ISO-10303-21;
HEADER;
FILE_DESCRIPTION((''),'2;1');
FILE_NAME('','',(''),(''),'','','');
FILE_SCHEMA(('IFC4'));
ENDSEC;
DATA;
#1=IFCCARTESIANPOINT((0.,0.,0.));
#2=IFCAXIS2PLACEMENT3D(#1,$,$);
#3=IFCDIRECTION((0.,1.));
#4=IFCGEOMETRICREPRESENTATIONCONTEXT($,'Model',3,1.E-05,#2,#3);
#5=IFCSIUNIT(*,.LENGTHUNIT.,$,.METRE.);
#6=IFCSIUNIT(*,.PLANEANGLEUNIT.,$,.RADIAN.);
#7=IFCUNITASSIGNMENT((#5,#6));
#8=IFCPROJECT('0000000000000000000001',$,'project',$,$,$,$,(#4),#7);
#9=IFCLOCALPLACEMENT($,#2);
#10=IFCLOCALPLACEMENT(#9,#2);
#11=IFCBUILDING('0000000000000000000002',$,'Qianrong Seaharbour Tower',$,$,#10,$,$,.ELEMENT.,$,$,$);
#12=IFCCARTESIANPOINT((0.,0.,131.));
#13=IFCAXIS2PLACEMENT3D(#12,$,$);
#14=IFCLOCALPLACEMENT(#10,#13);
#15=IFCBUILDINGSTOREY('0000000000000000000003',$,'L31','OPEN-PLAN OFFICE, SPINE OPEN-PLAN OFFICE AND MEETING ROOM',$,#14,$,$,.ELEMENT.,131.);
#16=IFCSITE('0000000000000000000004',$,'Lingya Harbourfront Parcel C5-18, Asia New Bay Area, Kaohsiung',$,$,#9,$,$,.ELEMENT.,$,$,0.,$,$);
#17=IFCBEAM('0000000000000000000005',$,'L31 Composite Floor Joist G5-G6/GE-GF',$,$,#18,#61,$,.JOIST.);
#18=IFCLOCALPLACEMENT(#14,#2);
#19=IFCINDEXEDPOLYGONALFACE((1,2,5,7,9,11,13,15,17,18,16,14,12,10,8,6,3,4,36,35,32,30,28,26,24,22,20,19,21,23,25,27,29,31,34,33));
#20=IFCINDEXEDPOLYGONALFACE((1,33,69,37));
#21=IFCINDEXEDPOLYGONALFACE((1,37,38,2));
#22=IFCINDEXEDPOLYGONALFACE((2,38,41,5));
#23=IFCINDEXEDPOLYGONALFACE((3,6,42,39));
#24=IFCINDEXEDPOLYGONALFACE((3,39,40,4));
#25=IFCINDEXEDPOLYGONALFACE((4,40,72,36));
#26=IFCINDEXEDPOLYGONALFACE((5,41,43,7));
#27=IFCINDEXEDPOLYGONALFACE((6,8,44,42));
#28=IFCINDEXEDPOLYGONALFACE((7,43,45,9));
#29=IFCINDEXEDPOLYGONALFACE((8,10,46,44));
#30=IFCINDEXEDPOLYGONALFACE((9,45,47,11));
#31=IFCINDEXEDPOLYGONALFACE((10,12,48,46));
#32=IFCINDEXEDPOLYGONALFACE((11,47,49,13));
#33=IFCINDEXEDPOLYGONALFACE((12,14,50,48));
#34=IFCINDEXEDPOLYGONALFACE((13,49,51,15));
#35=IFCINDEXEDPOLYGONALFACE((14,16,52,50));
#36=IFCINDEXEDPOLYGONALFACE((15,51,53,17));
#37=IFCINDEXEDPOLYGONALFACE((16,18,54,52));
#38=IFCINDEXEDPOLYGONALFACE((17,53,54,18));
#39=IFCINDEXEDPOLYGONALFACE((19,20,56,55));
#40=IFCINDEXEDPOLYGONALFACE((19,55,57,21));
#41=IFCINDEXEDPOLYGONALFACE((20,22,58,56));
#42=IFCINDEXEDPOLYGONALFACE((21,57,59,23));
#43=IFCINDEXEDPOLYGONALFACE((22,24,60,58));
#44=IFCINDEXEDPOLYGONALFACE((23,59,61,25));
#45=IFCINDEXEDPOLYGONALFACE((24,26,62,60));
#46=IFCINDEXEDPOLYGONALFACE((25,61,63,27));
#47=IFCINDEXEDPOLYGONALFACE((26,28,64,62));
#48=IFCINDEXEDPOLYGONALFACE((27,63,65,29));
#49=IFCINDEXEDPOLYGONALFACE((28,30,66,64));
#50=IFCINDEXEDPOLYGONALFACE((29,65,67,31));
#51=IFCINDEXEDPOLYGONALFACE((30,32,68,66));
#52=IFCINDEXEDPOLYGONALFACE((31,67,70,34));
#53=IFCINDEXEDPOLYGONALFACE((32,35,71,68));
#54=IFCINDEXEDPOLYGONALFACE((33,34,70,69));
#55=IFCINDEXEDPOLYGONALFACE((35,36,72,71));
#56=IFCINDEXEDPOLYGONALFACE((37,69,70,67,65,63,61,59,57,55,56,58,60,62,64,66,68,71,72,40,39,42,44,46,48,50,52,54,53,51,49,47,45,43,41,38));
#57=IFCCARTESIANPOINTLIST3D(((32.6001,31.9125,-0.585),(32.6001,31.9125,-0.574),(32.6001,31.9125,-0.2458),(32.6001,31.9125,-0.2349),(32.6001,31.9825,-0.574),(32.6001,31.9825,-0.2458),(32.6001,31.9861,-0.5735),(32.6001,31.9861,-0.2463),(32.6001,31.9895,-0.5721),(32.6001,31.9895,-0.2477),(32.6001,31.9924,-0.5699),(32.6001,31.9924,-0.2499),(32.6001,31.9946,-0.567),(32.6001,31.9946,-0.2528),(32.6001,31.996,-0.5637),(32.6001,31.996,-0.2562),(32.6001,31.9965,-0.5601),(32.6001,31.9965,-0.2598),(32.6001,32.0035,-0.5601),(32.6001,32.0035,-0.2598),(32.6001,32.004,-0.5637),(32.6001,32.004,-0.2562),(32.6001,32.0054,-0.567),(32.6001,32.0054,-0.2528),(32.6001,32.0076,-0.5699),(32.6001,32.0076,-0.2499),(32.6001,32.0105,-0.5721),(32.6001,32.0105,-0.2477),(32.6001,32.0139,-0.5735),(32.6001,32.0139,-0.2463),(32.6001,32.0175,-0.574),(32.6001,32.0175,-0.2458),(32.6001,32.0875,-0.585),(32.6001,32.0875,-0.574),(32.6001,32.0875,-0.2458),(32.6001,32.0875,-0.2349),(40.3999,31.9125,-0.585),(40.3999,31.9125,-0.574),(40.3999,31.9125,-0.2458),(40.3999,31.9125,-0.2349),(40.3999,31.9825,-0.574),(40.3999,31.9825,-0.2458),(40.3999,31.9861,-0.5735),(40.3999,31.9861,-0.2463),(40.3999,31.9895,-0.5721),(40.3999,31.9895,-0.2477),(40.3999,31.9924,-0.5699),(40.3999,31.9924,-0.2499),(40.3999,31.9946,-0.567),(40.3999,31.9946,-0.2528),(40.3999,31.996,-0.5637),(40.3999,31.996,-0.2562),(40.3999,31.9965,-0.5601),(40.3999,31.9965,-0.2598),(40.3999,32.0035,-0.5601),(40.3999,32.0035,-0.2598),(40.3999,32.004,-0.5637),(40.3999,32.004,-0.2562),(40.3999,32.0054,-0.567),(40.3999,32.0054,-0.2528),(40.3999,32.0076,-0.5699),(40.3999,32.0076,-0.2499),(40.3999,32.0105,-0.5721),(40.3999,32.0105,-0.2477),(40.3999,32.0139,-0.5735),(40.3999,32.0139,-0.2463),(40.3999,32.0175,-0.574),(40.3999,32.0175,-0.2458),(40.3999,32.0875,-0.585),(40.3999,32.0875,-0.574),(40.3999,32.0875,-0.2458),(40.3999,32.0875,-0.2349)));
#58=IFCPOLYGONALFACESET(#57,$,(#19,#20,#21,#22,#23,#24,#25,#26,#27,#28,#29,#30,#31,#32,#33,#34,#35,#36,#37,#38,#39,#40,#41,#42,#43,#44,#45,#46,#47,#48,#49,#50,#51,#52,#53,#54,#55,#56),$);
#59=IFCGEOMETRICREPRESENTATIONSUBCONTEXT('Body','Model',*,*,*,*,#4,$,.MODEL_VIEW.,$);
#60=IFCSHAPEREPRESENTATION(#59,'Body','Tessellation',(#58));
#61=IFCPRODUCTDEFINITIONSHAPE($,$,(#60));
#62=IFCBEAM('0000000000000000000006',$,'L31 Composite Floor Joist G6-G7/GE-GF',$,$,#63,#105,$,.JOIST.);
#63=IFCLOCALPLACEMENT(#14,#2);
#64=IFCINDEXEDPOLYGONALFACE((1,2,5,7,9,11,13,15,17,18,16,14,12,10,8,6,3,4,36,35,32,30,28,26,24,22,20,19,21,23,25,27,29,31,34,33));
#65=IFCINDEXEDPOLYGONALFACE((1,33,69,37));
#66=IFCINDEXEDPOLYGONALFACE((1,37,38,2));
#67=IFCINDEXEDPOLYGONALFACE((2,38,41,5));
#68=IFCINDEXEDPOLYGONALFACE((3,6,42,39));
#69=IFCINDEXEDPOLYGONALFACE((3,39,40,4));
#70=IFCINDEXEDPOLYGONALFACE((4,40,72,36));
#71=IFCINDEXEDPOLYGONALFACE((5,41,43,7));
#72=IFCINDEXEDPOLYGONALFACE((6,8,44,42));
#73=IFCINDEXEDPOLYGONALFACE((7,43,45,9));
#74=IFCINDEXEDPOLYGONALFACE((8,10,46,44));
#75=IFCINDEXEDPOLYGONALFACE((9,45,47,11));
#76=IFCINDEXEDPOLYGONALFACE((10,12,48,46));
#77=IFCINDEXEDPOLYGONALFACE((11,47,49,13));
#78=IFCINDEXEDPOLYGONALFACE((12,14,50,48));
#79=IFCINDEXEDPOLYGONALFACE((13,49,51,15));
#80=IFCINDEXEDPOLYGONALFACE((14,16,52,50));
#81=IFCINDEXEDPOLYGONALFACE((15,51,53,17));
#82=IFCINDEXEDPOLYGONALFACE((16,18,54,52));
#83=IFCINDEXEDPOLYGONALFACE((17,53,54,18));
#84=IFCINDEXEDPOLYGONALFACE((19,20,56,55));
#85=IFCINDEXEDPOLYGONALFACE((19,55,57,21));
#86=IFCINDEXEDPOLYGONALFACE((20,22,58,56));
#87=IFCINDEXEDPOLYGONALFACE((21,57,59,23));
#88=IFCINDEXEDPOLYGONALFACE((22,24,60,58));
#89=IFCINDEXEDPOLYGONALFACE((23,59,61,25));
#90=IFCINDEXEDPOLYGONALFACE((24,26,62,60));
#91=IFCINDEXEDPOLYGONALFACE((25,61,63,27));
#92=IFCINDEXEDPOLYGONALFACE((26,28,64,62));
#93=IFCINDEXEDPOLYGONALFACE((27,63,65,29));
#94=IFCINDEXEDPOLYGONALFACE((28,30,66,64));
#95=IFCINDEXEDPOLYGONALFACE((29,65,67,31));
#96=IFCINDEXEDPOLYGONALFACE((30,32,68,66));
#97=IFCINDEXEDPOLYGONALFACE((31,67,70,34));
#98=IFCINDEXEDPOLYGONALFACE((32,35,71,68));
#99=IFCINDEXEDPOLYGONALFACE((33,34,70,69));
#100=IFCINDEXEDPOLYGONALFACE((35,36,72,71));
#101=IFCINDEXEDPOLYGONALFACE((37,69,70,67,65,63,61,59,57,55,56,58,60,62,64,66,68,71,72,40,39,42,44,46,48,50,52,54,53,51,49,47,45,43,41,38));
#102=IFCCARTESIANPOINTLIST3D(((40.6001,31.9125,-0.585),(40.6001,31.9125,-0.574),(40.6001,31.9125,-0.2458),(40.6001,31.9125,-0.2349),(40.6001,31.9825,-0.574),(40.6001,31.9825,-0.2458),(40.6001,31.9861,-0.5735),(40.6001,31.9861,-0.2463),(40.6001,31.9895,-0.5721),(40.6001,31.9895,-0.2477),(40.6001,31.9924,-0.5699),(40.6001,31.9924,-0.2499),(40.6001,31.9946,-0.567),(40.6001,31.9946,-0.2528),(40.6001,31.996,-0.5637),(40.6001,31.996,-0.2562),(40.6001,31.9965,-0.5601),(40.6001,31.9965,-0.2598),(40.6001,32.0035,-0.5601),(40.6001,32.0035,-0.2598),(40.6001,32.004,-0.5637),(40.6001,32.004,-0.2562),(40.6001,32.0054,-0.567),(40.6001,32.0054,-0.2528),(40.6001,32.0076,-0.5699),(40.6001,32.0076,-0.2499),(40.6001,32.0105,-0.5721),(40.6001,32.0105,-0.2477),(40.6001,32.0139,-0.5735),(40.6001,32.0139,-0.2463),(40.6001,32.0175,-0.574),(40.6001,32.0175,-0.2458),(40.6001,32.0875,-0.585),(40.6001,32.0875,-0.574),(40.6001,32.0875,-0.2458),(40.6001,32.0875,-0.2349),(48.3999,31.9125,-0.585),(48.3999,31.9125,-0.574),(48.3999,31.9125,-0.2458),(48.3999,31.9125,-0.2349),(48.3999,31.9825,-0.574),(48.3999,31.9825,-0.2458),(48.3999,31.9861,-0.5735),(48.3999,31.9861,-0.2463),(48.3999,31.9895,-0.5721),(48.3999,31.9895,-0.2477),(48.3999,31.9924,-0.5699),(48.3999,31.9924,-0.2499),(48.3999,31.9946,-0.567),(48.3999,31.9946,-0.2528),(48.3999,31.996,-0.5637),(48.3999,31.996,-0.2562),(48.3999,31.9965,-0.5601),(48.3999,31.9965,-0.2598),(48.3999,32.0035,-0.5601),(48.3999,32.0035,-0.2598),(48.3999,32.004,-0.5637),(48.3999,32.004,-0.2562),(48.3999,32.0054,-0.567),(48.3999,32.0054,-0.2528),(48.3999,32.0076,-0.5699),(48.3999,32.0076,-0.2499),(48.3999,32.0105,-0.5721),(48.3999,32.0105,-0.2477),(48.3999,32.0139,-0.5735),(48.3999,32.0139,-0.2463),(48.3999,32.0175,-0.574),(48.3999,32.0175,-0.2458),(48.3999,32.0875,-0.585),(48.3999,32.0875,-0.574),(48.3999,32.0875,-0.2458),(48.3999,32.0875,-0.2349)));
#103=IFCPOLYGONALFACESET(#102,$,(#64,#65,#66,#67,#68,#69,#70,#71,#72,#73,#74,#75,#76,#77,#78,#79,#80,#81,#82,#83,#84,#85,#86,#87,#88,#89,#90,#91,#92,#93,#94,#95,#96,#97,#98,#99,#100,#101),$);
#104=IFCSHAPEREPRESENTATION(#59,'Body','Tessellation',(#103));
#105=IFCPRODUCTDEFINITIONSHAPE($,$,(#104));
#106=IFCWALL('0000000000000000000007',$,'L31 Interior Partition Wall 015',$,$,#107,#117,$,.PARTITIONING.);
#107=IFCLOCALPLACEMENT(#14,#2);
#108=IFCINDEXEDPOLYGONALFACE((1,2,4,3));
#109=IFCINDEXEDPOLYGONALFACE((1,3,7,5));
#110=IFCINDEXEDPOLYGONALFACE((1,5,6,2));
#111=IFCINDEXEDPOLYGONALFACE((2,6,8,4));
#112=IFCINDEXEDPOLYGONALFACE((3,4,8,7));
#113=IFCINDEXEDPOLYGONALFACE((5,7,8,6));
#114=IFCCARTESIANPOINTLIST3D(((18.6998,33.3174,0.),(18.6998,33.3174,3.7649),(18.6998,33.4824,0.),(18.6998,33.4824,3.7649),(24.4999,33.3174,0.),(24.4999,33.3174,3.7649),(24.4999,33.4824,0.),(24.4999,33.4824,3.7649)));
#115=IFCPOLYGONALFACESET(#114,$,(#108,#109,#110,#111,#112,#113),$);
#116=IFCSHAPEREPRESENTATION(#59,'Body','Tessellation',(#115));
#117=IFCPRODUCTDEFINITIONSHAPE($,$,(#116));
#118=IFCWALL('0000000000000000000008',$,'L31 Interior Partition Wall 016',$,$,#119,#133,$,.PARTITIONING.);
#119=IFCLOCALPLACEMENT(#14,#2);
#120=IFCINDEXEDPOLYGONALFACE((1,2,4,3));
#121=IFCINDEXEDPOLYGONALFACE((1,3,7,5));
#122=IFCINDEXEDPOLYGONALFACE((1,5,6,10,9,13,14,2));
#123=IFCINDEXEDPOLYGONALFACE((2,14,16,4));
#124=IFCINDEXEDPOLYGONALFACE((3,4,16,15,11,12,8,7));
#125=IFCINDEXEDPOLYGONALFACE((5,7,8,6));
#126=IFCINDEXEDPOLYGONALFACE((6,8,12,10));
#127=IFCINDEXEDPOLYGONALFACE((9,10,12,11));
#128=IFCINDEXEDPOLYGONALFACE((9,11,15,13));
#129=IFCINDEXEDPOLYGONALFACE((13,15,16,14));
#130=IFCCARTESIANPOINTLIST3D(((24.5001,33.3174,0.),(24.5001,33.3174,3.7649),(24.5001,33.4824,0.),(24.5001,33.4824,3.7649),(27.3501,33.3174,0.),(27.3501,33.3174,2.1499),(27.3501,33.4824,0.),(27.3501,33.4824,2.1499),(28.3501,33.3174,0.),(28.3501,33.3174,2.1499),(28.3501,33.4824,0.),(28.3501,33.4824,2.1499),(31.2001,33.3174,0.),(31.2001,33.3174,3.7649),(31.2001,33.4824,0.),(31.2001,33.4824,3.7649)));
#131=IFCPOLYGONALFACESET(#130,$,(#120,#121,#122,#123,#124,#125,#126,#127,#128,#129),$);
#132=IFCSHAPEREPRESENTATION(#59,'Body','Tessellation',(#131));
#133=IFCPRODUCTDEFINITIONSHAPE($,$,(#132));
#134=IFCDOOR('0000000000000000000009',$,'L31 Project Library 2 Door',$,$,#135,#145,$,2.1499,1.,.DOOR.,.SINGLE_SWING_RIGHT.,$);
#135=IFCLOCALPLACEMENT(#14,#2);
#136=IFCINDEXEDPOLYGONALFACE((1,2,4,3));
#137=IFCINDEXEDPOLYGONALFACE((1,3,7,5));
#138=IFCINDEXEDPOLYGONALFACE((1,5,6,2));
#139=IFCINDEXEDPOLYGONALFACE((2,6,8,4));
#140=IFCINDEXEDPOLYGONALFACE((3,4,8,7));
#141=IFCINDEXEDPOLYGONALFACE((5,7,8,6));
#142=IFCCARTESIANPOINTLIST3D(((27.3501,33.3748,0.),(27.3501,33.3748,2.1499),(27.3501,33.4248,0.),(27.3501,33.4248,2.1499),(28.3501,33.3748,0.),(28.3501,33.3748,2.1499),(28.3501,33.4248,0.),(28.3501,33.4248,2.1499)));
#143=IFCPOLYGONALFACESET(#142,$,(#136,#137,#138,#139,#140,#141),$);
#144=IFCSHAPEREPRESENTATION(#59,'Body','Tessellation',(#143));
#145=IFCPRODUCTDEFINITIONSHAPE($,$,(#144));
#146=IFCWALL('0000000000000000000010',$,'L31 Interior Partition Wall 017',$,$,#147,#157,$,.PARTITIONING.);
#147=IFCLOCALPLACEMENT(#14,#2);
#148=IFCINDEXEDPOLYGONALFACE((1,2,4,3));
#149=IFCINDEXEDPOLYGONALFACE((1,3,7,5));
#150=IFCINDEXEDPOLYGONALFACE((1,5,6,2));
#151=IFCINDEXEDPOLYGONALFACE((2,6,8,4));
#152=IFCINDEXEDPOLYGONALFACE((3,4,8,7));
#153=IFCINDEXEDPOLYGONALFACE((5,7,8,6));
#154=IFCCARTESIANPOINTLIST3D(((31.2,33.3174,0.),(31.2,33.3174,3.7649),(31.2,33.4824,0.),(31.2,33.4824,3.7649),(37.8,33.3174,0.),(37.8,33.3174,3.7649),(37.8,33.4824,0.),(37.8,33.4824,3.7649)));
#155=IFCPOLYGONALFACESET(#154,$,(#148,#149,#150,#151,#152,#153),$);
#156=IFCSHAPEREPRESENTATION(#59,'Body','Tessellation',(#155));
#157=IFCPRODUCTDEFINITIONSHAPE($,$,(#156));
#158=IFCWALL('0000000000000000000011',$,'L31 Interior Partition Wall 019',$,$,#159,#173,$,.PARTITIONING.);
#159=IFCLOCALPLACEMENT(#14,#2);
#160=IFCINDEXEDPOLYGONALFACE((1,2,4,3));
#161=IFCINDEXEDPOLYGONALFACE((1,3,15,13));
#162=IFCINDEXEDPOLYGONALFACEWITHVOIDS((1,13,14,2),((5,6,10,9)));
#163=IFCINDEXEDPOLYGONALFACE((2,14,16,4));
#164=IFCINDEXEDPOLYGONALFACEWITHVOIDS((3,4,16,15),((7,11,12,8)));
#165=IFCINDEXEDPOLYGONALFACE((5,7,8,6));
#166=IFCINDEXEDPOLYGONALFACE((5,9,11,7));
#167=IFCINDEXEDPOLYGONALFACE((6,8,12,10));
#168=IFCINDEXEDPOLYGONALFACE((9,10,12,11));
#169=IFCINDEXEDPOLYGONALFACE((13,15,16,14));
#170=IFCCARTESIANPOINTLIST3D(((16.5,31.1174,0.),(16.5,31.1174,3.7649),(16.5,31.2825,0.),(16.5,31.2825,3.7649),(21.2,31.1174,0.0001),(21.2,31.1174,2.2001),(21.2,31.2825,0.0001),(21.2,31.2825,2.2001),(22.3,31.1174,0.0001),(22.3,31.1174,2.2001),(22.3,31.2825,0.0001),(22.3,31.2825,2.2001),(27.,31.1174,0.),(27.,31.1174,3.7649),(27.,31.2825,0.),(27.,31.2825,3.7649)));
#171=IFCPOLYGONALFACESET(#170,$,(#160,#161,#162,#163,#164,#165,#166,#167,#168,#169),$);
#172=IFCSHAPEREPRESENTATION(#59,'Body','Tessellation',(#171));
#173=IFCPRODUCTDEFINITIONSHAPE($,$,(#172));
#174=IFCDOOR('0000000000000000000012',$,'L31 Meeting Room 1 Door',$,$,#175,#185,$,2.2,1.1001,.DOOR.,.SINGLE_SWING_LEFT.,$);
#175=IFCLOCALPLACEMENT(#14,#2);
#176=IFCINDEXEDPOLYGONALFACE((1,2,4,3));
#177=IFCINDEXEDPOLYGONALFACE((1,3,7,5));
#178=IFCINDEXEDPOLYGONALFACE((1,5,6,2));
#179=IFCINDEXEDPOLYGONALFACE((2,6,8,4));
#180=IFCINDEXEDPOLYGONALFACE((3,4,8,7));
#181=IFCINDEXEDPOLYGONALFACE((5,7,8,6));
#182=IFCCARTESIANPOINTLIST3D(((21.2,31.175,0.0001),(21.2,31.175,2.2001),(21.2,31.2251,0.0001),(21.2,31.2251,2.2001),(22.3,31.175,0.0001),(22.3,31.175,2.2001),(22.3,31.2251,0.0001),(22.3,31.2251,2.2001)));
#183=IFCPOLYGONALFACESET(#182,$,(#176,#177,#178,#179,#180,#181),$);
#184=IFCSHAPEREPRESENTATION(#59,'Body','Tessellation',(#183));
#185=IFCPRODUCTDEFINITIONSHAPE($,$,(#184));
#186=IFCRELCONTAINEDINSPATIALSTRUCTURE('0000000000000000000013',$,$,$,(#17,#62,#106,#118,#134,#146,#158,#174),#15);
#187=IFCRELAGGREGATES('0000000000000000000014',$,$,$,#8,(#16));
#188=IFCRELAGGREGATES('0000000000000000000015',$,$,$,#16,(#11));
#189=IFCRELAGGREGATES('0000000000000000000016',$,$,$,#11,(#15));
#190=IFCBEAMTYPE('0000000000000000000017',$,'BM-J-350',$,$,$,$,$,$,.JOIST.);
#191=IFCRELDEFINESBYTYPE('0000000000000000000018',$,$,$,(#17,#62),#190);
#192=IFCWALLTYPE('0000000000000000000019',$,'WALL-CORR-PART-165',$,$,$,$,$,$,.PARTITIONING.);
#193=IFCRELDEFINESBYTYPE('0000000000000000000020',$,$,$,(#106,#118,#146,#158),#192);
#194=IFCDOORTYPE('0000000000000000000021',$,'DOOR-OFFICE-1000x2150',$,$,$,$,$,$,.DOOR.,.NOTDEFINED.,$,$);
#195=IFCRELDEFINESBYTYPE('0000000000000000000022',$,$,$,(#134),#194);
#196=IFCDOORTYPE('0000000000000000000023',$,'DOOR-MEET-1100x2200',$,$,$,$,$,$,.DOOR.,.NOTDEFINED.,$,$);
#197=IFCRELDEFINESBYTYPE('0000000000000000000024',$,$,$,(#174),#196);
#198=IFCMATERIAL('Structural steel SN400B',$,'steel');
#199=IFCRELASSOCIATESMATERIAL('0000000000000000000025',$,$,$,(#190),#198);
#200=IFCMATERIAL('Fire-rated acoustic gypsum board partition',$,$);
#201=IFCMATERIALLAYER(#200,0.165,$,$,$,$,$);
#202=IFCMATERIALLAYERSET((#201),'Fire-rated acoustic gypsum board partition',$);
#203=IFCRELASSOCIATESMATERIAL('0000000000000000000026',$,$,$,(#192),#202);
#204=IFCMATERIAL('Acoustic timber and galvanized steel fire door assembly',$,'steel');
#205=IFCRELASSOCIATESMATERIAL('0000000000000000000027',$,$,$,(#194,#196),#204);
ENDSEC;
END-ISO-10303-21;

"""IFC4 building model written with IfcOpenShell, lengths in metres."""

from ifc_helpers import new_model, si_unit, direction, frame, frame_2d, origin, origin_2d, place, context, subcontext, project, spatial, rectangle, i_section, extrude, material, layer, layer_set, material_profile, profile_set, type_object, element, fill, save


model = new_model("IFC4")

# Units and contexts
model_context = context("Model", 3, precision=1e-05, world=origin(), true_north=direction((0.0, 1.0)))
body_context = subcontext(model_context, "Body", "Model", "MODEL_VIEW")
ifc_project = project(units=[si_unit("LENGTHUNIT", "METRE"), si_unit("PLANEANGLEUNIT", "RADIAN")], contexts=[model_context])

# Site, building, storey
site_placement = place(None, origin())
site = spatial("IfcSite", under=ifc_project, at=site_placement, Name="Lingya Harbourfront Parcel C5-18, Asia New Bay Area, Kaohsiung", CompositionType="ELEMENT", RefElevation=0.0)
building_placement = place(site_placement, origin())
building = spatial("IfcBuilding", under=site, at=building_placement, Name="Qianrong Seaharbour Tower", CompositionType="ELEMENT")
storey_placement = place(building_placement, frame((0.0, 0.0, 131.0)))
storey = spatial("IfcBuildingStorey", under=building, at=storey_placement, Name="L31", Description="OPEN-PLAN OFFICE, SPINE OPEN-PLAN OFFICE AND MEETING ROOM", CompositionType="ELEMENT", Elevation=131.0)

# Beams
ifc_material_1 = material(Name="Structural steel SN400B", Category="steel")
ifc_material_profile_1 = material_profile(ifc_material_1, i_section(OverallWidth=0.175, OverallDepth=0.3501, WebThickness=0.0071, FlangeThickness=0.011, FilletRadius=0.0139, at=origin_2d()), Name="H350x175x7x11")
ifc_profile_set_1 = profile_set([ifc_material_profile_1], Name="Structural steel SN400B")
beam_type_1 = type_object("IfcBeamType", Name="BM-J-350", PredefinedType="JOIST", material=ifc_profile_set_1)
for number, where, z_axis, x_axis, name in (
    (1, (32.6001, 32.0, -0.4099), (1.0, 0.0, 0.0), (0.0, 1.0, 0.0), "L31 Composite Floor Joist G5-G6/GE-GF"),
    (2, (40.6001, 32.0, -0.4099), (1.0, 0.0, 0.0), (0.0, 1.0, 0.0), "L31 Composite Floor Joist G6-G7/GE-GF"),
):
    element("IfcBeam", number, at=place(storey_placement, frame(where, z_axis=z_axis, x_axis=x_axis)), inside=storey, type_object=beam_type_1, Name=name, PredefinedType="JOIST", context=body_context, shape_type="SweptSolid", body=[
        extrude(i_section(OverallWidth=0.175, OverallDepth=0.3501, WebThickness=0.0071, FlangeThickness=0.011, FilletRadius=0.0139, at=origin_2d()), origin(), (0.0, 0.0, 1.0), 7.7998),
    ])

# Wall
ifc_material_2 = material(Name="Fire-rated acoustic gypsum board partition")
ifc_layer_1 = layer(ifc_material_2, 0.165)
ifc_layer_set_1 = layer_set([ifc_layer_1], Name="Fire-rated acoustic gypsum board partition")
wall_type_1 = type_object("IfcWallType", Name="WALL-CORR-PART-165", PredefinedType="PARTITIONING", material=ifc_layer_set_1)
wall_1_placement = place(storey_placement, frame((18.7, 33.3999, 0.0), z_axis=(0.0, 0.0, 1.0), x_axis=(1.0, 0.0, 0.0)))
element("IfcWall", 3, at=wall_1_placement, inside=storey, type_object=wall_type_1, Name="L31 Interior Partition Wall 015", PredefinedType="PARTITIONING", context=body_context, shape_type="SweptSolid", body=[
    extrude(rectangle(XDim=5.8, YDim=0.165, at=frame_2d((2.8999, 0.0))), origin(), (0.0, 0.0, 1.0), 3.7649),
])

# Wall, opening, door
wall_2_placement = place(storey_placement, frame((24.5, 33.3999, 0.0), z_axis=(0.0, 0.0, 1.0), x_axis=(1.0, 0.0, 0.0)))
wall_2 = element("IfcWall", 4, at=wall_2_placement, inside=storey, type_object=wall_type_1, Name="L31 Interior Partition Wall 016", PredefinedType="PARTITIONING", context=body_context, shape_type="SweptSolid", body=[
    extrude(rectangle(XDim=6.7, YDim=0.165, at=frame_2d((3.3501, 0.0))), origin(), (0.0, 0.0, 1.0), 3.7649),
])
opening_1_placement = place(wall_2_placement, frame((2.8501, 0.0, 0.0)))
opening_1 = element("IfcOpeningElement", 5, at=opening_1_placement, cuts=wall_2, PredefinedType="OPENING", context=body_context, shape_type="SweptSolid", body=[
    extrude(rectangle(XDim=1.0, YDim=2.1499, at=frame_2d((0.5, 1.075))), frame((0.0, 0.0925, 0.0), z_axis=(0.0, -1.0, 0.0), x_axis=(1.0, 0.0, 0.0)), (0.0, 0.0, 1.0), 0.1851),
])
ifc_material_3 = material(Name="Acoustic timber and galvanized steel fire door assembly", Category="steel")
door_type_1 = type_object("IfcDoorType", Name="DOOR-OFFICE-1000x2150", OperationType="NOTDEFINED", PredefinedType="DOOR", material=ifc_material_3)
door_1_placement = place(opening_1_placement, origin())
door_1 = element("IfcDoor", 6, at=door_1_placement, inside=storey, type_object=door_type_1, Name="L31 Project Library 2 Door", OperationType="SINGLE_SWING_RIGHT", OverallHeight=2.1499, OverallWidth=1.0, PredefinedType="DOOR", context=body_context, shape_type="SweptSolid", body=[
    extrude(rectangle(XDim=1.0, YDim=2.1499, at=frame_2d((0.5, 1.075))), frame((0.0, 0.0249, 0.0), z_axis=(0.0, -1.0, 0.0), x_axis=(1.0, 0.0, 0.0)), (0.0, 0.0, 1.0), 0.05),
])
fill(opening_1, door_1)

# Wall
wall_3_placement = place(storey_placement, frame((31.2, 33.3999, 0.0), z_axis=(0.0, 0.0, 1.0), x_axis=(1.0, 0.0, 0.0)))
element("IfcWall", 7, at=wall_3_placement, inside=storey, type_object=wall_type_1, Name="L31 Interior Partition Wall 017", PredefinedType="PARTITIONING", context=body_context, shape_type="SweptSolid", body=[
    extrude(rectangle(XDim=6.6001, YDim=0.165, at=frame_2d((3.3, 0.0))), origin(), (0.0, 0.0, 1.0), 3.7649),
])

# Wall, opening, door
wall_4_placement = place(storey_placement, frame((27.0, 31.2, 0.0), z_axis=(0.0, 0.0, 1.0), x_axis=(-1.0, 0.0, 0.0)))
wall_4 = element("IfcWall", 8, at=wall_4_placement, inside=storey, type_object=wall_type_1, Name="L31 Interior Partition Wall 019", PredefinedType="PARTITIONING", context=body_context, shape_type="SweptSolid", body=[
    extrude(rectangle(XDim=10.5, YDim=0.165, at=frame_2d((5.25, 0.0))), origin(), (0.0, 0.0, 1.0), 3.7649),
])
opening_2_placement = place(wall_4_placement, frame((4.7, 0.0, 0.0)))
opening_2 = element("IfcOpeningElement", 9, at=opening_2_placement, cuts=wall_4, PredefinedType="OPENING", context=body_context, shape_type="SweptSolid", body=[
    extrude(rectangle(XDim=1.1001, YDim=2.2, at=frame_2d((0.55, 1.1001))), frame((0.0, 0.0925, 0.0), z_axis=(0.0, -1.0, 0.0), x_axis=(1.0, 0.0, 0.0)), (0.0, 0.0, 1.0), 0.1851),
])
door_type_2 = type_object("IfcDoorType", Name="DOOR-MEET-1100x2200", OperationType="NOTDEFINED", PredefinedType="DOOR", material=ifc_material_3)
door_2_placement = place(opening_2_placement, origin())
door_2 = element("IfcDoor", 10, at=door_2_placement, inside=storey, type_object=door_type_2, Name="L31 Meeting Room 1 Door", OperationType="SINGLE_SWING_LEFT", OverallHeight=2.2, OverallWidth=1.1001, PredefinedType="DOOR", context=body_context, shape_type="SweptSolid", body=[
    extrude(rectangle(XDim=1.1001, YDim=2.2, at=frame_2d((0.55, 1.1001))), frame((0.0, 0.0249, 0.0), z_axis=(0.0, -1.0, 0.0), x_axis=(1.0, 0.0, 0.0)), (0.0, 0.0, 1.0), 0.05),
])
fill(opening_2, door_2)

save(model, "model.ifc")
